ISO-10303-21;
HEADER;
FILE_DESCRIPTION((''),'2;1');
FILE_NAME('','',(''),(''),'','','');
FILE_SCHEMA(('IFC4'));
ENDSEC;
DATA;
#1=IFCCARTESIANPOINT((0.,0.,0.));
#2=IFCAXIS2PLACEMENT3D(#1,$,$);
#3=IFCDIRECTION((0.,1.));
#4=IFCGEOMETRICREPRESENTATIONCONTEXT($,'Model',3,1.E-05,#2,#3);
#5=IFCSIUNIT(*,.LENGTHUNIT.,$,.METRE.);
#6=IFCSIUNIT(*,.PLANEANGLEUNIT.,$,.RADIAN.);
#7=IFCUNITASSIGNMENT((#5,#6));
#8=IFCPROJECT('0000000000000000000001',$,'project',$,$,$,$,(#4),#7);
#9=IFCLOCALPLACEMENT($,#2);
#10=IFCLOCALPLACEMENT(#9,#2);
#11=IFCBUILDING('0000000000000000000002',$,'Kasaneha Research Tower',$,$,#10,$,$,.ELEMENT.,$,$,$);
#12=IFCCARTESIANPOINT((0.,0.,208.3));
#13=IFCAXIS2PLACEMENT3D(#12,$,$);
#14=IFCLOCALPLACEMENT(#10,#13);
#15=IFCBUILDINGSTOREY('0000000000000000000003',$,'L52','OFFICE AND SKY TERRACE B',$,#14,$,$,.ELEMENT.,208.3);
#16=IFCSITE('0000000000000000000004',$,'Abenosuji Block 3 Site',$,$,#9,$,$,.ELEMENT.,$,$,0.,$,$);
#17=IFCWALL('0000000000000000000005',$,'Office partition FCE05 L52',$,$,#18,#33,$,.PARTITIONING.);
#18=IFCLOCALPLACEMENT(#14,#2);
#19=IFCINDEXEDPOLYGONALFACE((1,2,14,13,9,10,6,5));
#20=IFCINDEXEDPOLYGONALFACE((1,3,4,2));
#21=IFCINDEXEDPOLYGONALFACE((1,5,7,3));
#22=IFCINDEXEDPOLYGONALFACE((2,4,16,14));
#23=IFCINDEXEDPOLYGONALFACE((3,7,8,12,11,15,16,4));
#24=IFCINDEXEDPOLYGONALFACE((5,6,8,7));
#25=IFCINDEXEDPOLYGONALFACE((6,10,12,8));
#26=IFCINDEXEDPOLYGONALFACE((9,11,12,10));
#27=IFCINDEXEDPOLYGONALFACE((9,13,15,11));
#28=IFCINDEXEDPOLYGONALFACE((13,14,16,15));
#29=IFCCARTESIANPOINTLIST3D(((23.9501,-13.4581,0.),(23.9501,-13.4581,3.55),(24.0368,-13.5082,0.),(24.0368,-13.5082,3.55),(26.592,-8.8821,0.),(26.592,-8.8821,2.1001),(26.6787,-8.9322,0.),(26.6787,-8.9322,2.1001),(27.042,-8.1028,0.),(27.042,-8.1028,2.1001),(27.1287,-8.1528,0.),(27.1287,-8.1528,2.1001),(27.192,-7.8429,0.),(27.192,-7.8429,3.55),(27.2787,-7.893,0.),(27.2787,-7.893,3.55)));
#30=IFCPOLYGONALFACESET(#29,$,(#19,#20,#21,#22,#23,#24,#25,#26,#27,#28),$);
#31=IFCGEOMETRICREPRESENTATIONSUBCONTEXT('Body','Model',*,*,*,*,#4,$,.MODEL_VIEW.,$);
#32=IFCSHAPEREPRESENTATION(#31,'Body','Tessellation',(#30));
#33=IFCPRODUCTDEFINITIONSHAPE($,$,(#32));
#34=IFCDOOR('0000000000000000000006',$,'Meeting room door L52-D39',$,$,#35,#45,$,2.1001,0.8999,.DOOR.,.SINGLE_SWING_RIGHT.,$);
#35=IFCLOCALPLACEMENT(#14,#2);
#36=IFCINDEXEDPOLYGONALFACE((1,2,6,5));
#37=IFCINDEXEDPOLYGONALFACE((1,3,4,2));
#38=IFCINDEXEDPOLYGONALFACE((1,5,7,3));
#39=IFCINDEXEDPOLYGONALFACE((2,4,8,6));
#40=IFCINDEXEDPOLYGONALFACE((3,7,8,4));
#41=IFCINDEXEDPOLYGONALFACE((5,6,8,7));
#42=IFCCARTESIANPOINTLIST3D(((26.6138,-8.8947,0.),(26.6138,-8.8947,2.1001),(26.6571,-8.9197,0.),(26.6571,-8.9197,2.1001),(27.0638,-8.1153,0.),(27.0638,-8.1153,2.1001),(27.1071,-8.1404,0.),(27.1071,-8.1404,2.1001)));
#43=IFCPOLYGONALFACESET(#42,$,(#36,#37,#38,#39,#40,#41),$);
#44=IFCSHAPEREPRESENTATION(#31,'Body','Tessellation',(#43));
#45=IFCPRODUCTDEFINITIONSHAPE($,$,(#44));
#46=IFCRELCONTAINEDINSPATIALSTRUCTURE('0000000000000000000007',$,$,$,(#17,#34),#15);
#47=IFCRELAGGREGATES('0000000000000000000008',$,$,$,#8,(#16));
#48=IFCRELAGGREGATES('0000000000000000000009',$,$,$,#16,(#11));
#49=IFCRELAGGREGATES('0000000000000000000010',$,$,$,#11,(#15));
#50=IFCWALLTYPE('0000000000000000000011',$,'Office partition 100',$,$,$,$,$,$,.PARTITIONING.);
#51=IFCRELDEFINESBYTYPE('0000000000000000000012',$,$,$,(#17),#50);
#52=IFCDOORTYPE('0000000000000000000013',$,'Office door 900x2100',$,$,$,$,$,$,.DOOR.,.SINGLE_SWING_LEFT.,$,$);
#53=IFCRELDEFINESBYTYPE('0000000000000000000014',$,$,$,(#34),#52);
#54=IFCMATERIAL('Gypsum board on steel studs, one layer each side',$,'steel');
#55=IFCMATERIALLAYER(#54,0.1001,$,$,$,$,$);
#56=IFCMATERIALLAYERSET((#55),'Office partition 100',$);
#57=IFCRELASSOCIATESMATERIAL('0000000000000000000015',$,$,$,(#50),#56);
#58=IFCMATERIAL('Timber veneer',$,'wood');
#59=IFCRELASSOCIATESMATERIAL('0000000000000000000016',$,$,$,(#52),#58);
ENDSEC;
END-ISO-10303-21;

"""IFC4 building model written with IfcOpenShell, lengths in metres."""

from ifc_helpers import new_model, si_unit, direction, frame, frame_2d, origin, place, context, subcontext, project, spatial, rectangle, extrude, material, layer, layer_set, type_object, element, fill, save


model = new_model("IFC4")

# Units and contexts
model_context = context("Model", 3, precision=1e-05, world=origin(), true_north=direction((0.0, 1.0)))
body_context = subcontext(model_context, "Body", "Model", "MODEL_VIEW")
ifc_project = project(units=[si_unit("LENGTHUNIT", "METRE"), si_unit("PLANEANGLEUNIT", "RADIAN")], contexts=[model_context])

# Site, building, storey
site_placement = place(None, origin())
site = spatial("IfcSite", under=ifc_project, at=site_placement, Name="Abenosuji Block 3 Site", CompositionType="ELEMENT", RefElevation=0.0)
building_placement = place(site_placement, origin())
building = spatial("IfcBuilding", under=site, at=building_placement, Name="Kasaneha Research Tower", CompositionType="ELEMENT")
storey_placement = place(building_placement, frame((0.0, 0.0, 208.3)))
storey = spatial("IfcBuildingStorey", under=building, at=storey_placement, Name="L52", Description="OFFICE AND SKY TERRACE B", CompositionType="ELEMENT", Elevation=208.3)

# Shared definitions
ifc_material_1 = material(Name="Gypsum board on steel studs, one layer each side", Category="steel")
ifc_layer_1 = layer(ifc_material_1, 0.1001)
ifc_layer_set_1 = layer_set([ifc_layer_1], Name="Office partition 100")
wall_type = type_object("IfcWallType", Name="Office partition 100", PredefinedType="PARTITIONING", material=ifc_layer_set_1)

# Wall, opening, door
ifc_material_2 = material(Name="Timber veneer", Category="wood")
door_type = type_object("IfcDoorType", Name="Office door 900x2100", OperationType="SINGLE_SWING_LEFT", PredefinedType="DOOR", material=ifc_material_2)
wall_1_placement = place(storey_placement, frame((23.9934, -13.4832, 0.0), z_axis=(0.0, 0.0, 1.0), x_axis=(0.499998, 0.866026, 0.0)))
wall_1 = element("IfcWall", 1, at=wall_1_placement, inside=storey, type_object=wall_type, Name="Office partition FCE05 L52", PredefinedType="PARTITIONING", context=body_context, shape_type="SweptSolid", body=[
    extrude(rectangle(XDim=6.4839, YDim=0.1001, at=frame_2d((3.2419, 0.0))), origin(), (0.0, 0.0, 1.0), 3.55),
])
opening_1_placement = place(wall_1_placement, frame((5.2839, 0.0, 0.0)))
opening_1 = element("IfcOpeningElement", 2, at=opening_1_placement, cuts=wall_1, PredefinedType="OPENING", context=body_context, shape_type="SweptSolid", body=[
    extrude(rectangle(XDim=0.8999, YDim=2.1001, at=frame_2d((0.45, 1.05))), frame((0.0, 0.0601, 0.0), z_axis=(0.0, -1.0, 0.0), x_axis=(1.0, 0.0, 0.0)), (0.0, 0.0, 1.0), 0.1201),
])
door_1_placement = place(opening_1_placement, origin())
door_1 = element("IfcDoor", 3, at=door_1_placement, inside=storey, type_object=door_type, Name="Meeting room door L52-D39", OperationType="SINGLE_SWING_RIGHT", OverallHeight=2.1001, OverallWidth=0.8999, PredefinedType="DOOR", context=body_context, shape_type="SweptSolid", body=[
    extrude(rectangle(XDim=0.8999, YDim=2.1001, at=frame_2d((0.45, 1.05))), frame((0.0, 0.0249, 0.0), z_axis=(0.0, -1.0, 0.0), x_axis=(1.0, 0.0, 0.0)), (0.0, 0.0, 1.0), 0.05),
])
fill(opening_1, door_1)

save(model, "model.ifc")
